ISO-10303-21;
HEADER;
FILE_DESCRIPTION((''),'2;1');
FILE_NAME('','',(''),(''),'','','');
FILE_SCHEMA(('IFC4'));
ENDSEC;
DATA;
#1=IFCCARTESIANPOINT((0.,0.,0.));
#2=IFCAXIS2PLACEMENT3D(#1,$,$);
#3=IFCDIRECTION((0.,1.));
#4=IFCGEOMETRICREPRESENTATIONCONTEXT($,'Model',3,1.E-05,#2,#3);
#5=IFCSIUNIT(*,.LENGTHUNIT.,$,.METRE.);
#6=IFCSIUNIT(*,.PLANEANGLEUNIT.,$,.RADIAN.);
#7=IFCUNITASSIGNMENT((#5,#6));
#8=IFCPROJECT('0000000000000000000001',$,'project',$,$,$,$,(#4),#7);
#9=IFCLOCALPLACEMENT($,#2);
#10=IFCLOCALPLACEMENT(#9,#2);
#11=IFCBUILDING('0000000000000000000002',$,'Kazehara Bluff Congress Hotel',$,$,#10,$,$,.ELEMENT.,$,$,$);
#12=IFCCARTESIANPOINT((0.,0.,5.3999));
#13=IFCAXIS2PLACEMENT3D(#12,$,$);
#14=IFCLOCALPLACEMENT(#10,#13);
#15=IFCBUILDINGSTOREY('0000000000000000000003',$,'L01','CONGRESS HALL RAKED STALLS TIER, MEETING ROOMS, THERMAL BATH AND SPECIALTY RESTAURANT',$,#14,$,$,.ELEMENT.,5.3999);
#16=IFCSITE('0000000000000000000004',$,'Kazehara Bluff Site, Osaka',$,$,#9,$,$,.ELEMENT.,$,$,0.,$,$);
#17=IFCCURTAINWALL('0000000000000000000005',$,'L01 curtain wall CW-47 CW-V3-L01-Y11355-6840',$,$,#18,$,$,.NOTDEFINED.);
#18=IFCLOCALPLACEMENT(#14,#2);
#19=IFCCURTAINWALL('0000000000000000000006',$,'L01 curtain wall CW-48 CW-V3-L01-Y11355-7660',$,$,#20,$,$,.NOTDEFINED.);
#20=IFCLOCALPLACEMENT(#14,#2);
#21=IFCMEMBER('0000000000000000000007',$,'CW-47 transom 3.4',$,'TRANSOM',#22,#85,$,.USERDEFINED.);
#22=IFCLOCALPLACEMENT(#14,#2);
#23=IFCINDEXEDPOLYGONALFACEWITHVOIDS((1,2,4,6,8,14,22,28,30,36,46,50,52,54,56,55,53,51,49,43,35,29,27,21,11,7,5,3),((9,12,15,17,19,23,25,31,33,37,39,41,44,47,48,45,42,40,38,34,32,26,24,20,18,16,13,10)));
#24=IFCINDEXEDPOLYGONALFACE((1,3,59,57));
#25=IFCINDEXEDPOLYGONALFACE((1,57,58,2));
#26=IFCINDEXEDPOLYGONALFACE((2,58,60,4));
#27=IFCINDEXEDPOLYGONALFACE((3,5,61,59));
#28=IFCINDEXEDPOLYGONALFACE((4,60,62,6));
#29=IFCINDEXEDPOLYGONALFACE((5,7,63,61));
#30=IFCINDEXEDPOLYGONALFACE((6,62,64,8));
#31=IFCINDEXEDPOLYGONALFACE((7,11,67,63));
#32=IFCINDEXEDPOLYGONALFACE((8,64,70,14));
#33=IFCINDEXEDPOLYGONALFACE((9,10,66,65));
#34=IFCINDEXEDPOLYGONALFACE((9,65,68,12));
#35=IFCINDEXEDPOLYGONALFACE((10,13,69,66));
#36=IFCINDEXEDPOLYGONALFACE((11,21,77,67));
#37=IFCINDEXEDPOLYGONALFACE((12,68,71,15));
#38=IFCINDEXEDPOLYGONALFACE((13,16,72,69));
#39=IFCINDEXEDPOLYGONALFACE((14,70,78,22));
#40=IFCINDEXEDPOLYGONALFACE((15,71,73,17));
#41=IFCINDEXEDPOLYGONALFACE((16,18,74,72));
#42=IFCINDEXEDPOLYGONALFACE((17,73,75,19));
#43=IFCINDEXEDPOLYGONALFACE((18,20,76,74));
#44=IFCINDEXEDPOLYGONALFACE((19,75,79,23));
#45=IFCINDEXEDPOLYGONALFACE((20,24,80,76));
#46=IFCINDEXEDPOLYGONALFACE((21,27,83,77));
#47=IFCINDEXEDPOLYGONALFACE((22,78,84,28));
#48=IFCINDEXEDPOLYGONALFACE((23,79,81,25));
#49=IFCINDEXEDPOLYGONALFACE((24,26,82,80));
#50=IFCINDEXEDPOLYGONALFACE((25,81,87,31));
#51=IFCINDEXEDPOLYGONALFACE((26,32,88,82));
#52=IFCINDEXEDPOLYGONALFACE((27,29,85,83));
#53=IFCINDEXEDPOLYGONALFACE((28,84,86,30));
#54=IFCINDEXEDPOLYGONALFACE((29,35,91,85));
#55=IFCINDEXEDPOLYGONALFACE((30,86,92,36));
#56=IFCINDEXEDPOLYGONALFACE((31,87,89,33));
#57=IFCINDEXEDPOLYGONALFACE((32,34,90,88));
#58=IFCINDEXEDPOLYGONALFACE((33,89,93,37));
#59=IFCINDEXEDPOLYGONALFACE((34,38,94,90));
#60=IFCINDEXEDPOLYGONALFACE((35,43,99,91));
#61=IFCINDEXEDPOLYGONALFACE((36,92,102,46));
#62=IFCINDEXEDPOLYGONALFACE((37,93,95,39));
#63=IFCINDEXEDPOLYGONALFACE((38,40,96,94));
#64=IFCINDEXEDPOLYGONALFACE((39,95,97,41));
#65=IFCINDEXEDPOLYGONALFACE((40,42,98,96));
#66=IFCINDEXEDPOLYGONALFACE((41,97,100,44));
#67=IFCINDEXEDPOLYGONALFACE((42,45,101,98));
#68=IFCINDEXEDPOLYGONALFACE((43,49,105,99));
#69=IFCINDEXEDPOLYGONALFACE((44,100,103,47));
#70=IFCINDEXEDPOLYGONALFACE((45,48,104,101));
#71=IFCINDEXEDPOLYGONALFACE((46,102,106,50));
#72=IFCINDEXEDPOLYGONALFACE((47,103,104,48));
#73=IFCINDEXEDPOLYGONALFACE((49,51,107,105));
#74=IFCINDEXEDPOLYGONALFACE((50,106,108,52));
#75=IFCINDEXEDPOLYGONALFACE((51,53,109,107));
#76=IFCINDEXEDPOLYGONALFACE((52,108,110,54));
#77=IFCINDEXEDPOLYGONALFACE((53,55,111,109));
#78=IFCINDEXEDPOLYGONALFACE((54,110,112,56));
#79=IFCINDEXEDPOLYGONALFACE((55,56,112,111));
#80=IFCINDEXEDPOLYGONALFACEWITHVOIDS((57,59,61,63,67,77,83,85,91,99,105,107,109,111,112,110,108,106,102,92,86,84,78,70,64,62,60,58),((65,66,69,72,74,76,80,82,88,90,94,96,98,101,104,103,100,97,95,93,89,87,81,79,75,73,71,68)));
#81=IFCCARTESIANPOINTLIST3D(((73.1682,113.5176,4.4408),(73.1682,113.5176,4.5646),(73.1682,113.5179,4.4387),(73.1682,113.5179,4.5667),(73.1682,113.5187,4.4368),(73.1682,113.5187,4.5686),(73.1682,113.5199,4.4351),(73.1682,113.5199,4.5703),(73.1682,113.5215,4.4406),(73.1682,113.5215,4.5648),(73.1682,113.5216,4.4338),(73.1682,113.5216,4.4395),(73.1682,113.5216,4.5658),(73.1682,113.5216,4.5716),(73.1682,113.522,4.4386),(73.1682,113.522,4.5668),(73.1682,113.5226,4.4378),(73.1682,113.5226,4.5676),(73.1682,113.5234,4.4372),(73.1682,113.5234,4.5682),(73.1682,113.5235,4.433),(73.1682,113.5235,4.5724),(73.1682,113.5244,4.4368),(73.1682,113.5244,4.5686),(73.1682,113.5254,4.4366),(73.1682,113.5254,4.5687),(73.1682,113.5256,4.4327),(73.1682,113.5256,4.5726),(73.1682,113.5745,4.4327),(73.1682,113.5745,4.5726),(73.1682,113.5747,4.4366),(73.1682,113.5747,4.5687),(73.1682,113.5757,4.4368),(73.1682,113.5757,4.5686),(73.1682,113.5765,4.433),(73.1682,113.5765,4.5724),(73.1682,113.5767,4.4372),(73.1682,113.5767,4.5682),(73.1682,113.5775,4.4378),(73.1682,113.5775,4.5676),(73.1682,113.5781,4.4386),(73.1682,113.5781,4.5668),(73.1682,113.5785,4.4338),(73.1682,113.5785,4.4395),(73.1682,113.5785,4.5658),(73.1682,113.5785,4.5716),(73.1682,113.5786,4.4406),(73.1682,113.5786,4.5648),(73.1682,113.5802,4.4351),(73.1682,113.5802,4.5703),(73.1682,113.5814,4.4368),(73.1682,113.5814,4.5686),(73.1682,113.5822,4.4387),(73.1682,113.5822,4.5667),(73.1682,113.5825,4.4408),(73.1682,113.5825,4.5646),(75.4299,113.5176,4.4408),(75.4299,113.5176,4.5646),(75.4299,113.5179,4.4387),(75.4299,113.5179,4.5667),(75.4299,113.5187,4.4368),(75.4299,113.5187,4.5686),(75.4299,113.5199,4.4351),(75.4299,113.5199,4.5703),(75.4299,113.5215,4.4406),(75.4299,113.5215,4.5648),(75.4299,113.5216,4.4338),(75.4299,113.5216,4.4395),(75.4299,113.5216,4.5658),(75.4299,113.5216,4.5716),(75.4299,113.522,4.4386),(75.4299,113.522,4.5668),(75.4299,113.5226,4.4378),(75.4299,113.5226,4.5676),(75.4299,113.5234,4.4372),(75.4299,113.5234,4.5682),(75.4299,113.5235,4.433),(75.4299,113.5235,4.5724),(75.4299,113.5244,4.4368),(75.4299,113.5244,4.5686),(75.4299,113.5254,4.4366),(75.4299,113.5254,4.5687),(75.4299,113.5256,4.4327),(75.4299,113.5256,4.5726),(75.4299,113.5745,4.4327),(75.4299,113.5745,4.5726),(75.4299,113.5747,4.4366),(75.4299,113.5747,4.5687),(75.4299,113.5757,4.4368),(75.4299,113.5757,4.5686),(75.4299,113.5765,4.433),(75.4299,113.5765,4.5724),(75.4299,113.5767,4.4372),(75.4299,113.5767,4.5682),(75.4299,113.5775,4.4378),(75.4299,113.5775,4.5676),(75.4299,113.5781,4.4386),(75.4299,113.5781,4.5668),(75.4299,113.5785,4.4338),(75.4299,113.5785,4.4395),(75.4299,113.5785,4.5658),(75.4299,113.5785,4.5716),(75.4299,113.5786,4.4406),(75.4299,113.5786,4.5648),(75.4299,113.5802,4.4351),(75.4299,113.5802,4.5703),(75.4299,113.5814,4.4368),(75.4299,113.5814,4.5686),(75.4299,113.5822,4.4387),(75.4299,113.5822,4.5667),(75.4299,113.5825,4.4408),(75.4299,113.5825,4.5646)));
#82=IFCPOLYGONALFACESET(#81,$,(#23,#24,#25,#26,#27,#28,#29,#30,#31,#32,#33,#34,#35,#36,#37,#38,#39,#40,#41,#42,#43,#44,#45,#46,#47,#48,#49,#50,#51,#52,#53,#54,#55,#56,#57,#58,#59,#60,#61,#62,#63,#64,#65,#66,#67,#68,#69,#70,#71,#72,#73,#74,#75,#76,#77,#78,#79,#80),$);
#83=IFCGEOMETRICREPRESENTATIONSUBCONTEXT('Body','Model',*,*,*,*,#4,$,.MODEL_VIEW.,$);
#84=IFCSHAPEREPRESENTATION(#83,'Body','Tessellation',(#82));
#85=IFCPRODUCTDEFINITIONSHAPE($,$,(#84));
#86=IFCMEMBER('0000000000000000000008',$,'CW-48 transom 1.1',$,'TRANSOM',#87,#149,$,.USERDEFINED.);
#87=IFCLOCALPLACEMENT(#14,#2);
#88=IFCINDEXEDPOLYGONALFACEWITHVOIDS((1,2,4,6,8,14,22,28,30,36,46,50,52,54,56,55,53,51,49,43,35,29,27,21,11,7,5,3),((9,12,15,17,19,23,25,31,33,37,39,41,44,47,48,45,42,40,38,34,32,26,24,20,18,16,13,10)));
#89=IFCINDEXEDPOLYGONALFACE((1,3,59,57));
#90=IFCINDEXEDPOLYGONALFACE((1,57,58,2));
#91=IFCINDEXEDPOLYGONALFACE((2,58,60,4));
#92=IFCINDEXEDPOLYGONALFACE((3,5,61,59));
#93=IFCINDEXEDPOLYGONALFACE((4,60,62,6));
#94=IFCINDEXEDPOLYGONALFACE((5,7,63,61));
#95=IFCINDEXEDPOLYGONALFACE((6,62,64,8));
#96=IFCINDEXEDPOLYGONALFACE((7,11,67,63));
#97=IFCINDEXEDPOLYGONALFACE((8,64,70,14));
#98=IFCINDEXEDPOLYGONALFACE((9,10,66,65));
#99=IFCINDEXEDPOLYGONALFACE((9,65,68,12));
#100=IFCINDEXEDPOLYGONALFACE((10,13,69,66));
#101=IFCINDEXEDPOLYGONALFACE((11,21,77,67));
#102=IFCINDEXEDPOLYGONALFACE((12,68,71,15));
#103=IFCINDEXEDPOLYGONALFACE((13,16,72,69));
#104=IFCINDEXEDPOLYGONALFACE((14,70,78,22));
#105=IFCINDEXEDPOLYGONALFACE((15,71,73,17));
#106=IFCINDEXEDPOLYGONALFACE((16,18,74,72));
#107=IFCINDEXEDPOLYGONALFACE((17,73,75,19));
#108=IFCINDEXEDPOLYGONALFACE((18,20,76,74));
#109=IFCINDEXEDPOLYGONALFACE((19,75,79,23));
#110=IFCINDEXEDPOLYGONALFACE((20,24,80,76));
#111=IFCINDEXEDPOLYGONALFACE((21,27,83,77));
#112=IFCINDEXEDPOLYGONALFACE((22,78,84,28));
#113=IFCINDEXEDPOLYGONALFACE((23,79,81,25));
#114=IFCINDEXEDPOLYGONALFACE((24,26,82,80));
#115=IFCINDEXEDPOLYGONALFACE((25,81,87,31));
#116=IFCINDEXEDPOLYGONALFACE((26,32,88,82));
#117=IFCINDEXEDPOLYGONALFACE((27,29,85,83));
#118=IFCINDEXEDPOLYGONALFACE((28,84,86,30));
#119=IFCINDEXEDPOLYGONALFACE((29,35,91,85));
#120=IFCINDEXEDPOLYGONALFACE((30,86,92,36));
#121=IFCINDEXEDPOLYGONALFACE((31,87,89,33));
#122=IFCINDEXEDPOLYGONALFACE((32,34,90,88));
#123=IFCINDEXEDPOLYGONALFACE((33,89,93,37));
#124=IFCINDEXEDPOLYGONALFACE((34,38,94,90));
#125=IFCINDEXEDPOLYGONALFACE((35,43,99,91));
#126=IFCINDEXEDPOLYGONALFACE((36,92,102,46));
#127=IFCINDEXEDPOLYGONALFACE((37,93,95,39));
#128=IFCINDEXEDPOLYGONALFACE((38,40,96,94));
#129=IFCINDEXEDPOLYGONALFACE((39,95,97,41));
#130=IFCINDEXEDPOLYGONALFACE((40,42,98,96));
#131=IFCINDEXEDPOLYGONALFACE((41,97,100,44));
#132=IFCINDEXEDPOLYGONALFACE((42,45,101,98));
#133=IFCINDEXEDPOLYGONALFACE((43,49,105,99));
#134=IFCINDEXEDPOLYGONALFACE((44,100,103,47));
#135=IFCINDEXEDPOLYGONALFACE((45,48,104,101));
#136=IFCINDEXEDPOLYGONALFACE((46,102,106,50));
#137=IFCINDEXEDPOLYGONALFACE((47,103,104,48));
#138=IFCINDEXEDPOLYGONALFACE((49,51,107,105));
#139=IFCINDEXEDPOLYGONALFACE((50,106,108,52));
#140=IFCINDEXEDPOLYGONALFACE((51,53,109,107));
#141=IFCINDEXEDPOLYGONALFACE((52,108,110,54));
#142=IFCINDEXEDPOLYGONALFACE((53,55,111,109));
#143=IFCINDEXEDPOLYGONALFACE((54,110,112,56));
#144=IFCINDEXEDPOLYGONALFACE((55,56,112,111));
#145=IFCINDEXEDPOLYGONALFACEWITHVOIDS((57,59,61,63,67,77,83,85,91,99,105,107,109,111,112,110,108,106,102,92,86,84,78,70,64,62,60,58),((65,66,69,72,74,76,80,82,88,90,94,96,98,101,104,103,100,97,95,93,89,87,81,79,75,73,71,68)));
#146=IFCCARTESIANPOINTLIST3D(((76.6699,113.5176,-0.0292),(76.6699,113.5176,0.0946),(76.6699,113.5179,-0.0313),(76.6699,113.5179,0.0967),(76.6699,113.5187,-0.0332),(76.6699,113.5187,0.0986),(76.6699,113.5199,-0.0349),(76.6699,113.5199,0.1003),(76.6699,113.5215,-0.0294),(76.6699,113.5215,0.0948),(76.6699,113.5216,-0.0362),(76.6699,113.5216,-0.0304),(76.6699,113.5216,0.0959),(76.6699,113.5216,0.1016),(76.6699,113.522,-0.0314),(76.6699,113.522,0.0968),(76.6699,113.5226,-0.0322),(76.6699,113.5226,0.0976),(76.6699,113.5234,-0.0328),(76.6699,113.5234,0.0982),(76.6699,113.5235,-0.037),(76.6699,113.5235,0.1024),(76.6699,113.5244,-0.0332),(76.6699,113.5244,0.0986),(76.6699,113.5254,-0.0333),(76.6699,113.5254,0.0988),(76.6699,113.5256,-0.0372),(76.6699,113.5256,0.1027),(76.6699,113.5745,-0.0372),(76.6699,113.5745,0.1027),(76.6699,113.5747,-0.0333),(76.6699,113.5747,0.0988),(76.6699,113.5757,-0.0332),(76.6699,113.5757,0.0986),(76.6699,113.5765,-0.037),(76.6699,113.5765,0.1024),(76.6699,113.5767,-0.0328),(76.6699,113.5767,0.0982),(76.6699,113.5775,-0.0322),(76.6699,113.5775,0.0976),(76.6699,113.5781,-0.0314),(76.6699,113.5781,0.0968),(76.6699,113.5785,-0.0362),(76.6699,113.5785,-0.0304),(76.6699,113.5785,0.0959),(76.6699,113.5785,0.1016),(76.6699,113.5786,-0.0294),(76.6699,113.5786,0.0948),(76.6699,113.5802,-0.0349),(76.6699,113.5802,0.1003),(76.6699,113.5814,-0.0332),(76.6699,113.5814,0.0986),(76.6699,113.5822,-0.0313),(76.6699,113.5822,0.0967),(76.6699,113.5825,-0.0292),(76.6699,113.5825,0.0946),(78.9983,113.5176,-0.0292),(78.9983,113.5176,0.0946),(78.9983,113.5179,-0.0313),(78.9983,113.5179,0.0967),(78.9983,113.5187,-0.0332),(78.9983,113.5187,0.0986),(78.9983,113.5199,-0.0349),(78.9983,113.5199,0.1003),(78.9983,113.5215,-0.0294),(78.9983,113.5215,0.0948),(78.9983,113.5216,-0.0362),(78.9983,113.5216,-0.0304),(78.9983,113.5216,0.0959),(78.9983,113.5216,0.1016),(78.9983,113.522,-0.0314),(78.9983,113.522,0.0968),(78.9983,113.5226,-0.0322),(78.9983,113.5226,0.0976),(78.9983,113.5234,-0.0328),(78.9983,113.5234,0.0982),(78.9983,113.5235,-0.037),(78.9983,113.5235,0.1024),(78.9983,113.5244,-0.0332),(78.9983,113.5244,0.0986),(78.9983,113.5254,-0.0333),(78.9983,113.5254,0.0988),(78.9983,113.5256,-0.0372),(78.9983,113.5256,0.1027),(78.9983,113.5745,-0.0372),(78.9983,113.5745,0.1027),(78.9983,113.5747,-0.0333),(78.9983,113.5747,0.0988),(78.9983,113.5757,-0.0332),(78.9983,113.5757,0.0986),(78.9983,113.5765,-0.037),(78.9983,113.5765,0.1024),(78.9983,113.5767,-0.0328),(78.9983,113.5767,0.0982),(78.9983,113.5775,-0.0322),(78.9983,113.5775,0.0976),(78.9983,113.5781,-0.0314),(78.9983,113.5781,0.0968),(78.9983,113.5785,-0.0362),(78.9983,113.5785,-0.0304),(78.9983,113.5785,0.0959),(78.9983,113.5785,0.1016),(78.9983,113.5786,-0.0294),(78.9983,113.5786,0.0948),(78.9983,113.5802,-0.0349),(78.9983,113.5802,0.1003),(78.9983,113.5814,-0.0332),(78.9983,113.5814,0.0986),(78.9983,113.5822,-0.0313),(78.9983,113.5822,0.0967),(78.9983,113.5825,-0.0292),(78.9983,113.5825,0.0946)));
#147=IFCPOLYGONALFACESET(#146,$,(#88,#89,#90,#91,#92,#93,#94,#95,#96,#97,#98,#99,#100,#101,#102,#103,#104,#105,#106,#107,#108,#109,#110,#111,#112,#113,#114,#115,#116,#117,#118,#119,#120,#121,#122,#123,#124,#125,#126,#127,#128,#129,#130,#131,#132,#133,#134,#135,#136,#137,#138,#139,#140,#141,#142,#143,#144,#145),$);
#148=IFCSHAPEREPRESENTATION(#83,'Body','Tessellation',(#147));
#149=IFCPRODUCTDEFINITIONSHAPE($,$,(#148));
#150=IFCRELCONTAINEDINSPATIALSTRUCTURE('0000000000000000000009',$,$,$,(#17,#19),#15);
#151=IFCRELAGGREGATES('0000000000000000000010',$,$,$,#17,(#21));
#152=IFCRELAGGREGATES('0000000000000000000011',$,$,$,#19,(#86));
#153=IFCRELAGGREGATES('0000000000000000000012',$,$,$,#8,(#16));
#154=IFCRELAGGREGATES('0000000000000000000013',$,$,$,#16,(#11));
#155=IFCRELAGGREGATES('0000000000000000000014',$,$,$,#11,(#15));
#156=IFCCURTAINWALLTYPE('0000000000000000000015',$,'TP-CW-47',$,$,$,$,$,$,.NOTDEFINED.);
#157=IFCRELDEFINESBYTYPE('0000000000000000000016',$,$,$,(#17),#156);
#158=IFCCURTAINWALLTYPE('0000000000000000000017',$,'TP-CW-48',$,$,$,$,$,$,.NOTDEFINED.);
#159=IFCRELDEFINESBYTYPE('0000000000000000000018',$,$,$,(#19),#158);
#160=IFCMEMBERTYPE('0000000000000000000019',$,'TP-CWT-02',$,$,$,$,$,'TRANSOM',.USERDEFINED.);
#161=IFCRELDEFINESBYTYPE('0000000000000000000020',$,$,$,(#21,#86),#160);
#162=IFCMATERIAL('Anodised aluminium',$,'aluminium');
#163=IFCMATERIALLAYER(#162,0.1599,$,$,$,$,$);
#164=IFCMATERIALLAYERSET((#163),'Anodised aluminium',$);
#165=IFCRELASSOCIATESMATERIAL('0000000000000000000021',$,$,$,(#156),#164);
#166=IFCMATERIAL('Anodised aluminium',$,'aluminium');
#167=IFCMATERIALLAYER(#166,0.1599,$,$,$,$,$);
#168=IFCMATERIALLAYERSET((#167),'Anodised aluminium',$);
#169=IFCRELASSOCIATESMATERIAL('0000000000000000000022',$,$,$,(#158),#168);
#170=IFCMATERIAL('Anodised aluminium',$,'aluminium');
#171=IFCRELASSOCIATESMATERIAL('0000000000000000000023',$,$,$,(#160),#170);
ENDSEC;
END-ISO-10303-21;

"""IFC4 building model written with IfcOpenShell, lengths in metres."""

from ifc_helpers import new_model, si_unit, direction, frame, origin, origin_2d, place, context, subcontext, project, spatial, hollow_rectangle, extrude, material, layer, layer_set, material_profile, profile_set, type_object, element, aggregate, save


model = new_model("IFC4")

# Units and contexts
model_context = context("Model", 3, precision=1e-05, world=origin(), true_north=direction((0.0, 1.0)))
body_context = subcontext(model_context, "Body", "Model", "MODEL_VIEW")
ifc_project = project(units=[si_unit("LENGTHUNIT", "METRE"), si_unit("PLANEANGLEUNIT", "RADIAN")], contexts=[model_context])

# Site, building, storey
site_placement = place(None, origin())
site = spatial("IfcSite", under=ifc_project, at=site_placement, Name="Kazehara Bluff Site, Osaka", CompositionType="ELEMENT", RefElevation=0.0)
building_placement = place(site_placement, origin())
building = spatial("IfcBuilding", under=site, at=building_placement, Name="Kazehara Bluff Congress Hotel", CompositionType="ELEMENT")
storey_placement = place(building_placement, frame((0.0, 0.0, 5.3999)))
storey = spatial("IfcBuildingStorey", under=building, at=storey_placement, Name="L01", Description="CONGRESS HALL RAKED STALLS TIER, MEETING ROOMS, THERMAL BATH AND SPECIALTY RESTAURANT", CompositionType="ELEMENT", Elevation=5.3999)

# Curtain walls
ifc_material_1 = material(Name="Anodised aluminium", Category="aluminium")
ifc_layer_1 = layer(ifc_material_1, 0.1599)
ifc_layer_set_1 = layer_set([ifc_layer_1], Name="Anodised aluminium")
curtain_wall_type_1 = type_object("IfcCurtainWallType", Name="TP-CW-47", PredefinedType="NOTDEFINED", material=ifc_layer_set_1)
curtain_wall_1_placement = place(storey_placement, origin())
curtain_wall_1 = element("IfcCurtainWall", 1, at=curtain_wall_1_placement, inside=storey, type_object=curtain_wall_type_1, Name="L01 curtain wall CW-47 CW-V3-L01-Y11355-6840", PredefinedType="NOTDEFINED")
ifc_material_2 = material(Name="Anodised aluminium", Category="aluminium")
ifc_layer_2 = layer(ifc_material_2, 0.1599)
ifc_layer_set_2 = layer_set([ifc_layer_2], Name="Anodised aluminium")
curtain_wall_type_2 = type_object("IfcCurtainWallType", Name="TP-CW-48", PredefinedType="NOTDEFINED", material=ifc_layer_set_2)
curtain_wall_2_placement = place(storey_placement, origin())
curtain_wall_2 = element("IfcCurtainWall", 2, at=curtain_wall_2_placement, inside=storey, type_object=curtain_wall_type_2, Name="L01 curtain wall CW-48 CW-V3-L01-Y11355-7660", PredefinedType="NOTDEFINED")

# Members
ifc_material_3 = material(Name="Anodised aluminium", Category="aluminium")
ifc_material_profile_1 = material_profile(ifc_material_3, hollow_rectangle(XDim=0.0649, YDim=0.1399, WallThickness=0.0039, InnerFilletRadius=0.0039, OuterFilletRadius=0.0081, at=origin_2d()))
ifc_profile_set_1 = profile_set([ifc_material_profile_1], Name="Anodised aluminium")
member_type_1 = type_object("IfcMemberType", Name="TP-CWT-02", ElementType="TRANSOM", PredefinedType="USERDEFINED", material=ifc_profile_set_1)
member_1_placement = place(storey_placement, frame((73.1682, 113.55, 4.5027), z_axis=(1.0, 0.0, 0.0), x_axis=(0.0, 1.0, 0.0)))
member_1 = element("IfcMember", 3, at=member_1_placement, type_object=member_type_1, Name="CW-47 transom 3.4", ObjectType="TRANSOM", PredefinedType="USERDEFINED", context=body_context, shape_type="SweptSolid", body=[
    extrude(hollow_rectangle(XDim=0.0649, YDim=0.1399, WallThickness=0.0039, InnerFilletRadius=0.0039, OuterFilletRadius=0.0081, at=origin_2d()), origin(), (0.0, 0.0, 1.0), 2.2617),
])
member_2_placement = place(storey_placement, frame((76.6699, 113.55, 0.0327), z_axis=(1.0, 0.0, 0.0), x_axis=(0.0, 1.0, 0.0)))
member_2 = element("IfcMember", 4, at=member_2_placement, type_object=member_type_1, Name="CW-48 transom 1.1", ObjectType="TRANSOM", PredefinedType="USERDEFINED", context=body_context, shape_type="SweptSolid", body=[
    extrude(hollow_rectangle(XDim=0.0649, YDim=0.1399, WallThickness=0.0039, InnerFilletRadius=0.0039, OuterFilletRadius=0.0081, at=origin_2d()), origin(), (0.0, 0.0, 1.0), 2.3284),
])

aggregate(curtain_wall_1, [member_1])
aggregate(curtain_wall_2, [member_2])

save(model, "model.ifc")
